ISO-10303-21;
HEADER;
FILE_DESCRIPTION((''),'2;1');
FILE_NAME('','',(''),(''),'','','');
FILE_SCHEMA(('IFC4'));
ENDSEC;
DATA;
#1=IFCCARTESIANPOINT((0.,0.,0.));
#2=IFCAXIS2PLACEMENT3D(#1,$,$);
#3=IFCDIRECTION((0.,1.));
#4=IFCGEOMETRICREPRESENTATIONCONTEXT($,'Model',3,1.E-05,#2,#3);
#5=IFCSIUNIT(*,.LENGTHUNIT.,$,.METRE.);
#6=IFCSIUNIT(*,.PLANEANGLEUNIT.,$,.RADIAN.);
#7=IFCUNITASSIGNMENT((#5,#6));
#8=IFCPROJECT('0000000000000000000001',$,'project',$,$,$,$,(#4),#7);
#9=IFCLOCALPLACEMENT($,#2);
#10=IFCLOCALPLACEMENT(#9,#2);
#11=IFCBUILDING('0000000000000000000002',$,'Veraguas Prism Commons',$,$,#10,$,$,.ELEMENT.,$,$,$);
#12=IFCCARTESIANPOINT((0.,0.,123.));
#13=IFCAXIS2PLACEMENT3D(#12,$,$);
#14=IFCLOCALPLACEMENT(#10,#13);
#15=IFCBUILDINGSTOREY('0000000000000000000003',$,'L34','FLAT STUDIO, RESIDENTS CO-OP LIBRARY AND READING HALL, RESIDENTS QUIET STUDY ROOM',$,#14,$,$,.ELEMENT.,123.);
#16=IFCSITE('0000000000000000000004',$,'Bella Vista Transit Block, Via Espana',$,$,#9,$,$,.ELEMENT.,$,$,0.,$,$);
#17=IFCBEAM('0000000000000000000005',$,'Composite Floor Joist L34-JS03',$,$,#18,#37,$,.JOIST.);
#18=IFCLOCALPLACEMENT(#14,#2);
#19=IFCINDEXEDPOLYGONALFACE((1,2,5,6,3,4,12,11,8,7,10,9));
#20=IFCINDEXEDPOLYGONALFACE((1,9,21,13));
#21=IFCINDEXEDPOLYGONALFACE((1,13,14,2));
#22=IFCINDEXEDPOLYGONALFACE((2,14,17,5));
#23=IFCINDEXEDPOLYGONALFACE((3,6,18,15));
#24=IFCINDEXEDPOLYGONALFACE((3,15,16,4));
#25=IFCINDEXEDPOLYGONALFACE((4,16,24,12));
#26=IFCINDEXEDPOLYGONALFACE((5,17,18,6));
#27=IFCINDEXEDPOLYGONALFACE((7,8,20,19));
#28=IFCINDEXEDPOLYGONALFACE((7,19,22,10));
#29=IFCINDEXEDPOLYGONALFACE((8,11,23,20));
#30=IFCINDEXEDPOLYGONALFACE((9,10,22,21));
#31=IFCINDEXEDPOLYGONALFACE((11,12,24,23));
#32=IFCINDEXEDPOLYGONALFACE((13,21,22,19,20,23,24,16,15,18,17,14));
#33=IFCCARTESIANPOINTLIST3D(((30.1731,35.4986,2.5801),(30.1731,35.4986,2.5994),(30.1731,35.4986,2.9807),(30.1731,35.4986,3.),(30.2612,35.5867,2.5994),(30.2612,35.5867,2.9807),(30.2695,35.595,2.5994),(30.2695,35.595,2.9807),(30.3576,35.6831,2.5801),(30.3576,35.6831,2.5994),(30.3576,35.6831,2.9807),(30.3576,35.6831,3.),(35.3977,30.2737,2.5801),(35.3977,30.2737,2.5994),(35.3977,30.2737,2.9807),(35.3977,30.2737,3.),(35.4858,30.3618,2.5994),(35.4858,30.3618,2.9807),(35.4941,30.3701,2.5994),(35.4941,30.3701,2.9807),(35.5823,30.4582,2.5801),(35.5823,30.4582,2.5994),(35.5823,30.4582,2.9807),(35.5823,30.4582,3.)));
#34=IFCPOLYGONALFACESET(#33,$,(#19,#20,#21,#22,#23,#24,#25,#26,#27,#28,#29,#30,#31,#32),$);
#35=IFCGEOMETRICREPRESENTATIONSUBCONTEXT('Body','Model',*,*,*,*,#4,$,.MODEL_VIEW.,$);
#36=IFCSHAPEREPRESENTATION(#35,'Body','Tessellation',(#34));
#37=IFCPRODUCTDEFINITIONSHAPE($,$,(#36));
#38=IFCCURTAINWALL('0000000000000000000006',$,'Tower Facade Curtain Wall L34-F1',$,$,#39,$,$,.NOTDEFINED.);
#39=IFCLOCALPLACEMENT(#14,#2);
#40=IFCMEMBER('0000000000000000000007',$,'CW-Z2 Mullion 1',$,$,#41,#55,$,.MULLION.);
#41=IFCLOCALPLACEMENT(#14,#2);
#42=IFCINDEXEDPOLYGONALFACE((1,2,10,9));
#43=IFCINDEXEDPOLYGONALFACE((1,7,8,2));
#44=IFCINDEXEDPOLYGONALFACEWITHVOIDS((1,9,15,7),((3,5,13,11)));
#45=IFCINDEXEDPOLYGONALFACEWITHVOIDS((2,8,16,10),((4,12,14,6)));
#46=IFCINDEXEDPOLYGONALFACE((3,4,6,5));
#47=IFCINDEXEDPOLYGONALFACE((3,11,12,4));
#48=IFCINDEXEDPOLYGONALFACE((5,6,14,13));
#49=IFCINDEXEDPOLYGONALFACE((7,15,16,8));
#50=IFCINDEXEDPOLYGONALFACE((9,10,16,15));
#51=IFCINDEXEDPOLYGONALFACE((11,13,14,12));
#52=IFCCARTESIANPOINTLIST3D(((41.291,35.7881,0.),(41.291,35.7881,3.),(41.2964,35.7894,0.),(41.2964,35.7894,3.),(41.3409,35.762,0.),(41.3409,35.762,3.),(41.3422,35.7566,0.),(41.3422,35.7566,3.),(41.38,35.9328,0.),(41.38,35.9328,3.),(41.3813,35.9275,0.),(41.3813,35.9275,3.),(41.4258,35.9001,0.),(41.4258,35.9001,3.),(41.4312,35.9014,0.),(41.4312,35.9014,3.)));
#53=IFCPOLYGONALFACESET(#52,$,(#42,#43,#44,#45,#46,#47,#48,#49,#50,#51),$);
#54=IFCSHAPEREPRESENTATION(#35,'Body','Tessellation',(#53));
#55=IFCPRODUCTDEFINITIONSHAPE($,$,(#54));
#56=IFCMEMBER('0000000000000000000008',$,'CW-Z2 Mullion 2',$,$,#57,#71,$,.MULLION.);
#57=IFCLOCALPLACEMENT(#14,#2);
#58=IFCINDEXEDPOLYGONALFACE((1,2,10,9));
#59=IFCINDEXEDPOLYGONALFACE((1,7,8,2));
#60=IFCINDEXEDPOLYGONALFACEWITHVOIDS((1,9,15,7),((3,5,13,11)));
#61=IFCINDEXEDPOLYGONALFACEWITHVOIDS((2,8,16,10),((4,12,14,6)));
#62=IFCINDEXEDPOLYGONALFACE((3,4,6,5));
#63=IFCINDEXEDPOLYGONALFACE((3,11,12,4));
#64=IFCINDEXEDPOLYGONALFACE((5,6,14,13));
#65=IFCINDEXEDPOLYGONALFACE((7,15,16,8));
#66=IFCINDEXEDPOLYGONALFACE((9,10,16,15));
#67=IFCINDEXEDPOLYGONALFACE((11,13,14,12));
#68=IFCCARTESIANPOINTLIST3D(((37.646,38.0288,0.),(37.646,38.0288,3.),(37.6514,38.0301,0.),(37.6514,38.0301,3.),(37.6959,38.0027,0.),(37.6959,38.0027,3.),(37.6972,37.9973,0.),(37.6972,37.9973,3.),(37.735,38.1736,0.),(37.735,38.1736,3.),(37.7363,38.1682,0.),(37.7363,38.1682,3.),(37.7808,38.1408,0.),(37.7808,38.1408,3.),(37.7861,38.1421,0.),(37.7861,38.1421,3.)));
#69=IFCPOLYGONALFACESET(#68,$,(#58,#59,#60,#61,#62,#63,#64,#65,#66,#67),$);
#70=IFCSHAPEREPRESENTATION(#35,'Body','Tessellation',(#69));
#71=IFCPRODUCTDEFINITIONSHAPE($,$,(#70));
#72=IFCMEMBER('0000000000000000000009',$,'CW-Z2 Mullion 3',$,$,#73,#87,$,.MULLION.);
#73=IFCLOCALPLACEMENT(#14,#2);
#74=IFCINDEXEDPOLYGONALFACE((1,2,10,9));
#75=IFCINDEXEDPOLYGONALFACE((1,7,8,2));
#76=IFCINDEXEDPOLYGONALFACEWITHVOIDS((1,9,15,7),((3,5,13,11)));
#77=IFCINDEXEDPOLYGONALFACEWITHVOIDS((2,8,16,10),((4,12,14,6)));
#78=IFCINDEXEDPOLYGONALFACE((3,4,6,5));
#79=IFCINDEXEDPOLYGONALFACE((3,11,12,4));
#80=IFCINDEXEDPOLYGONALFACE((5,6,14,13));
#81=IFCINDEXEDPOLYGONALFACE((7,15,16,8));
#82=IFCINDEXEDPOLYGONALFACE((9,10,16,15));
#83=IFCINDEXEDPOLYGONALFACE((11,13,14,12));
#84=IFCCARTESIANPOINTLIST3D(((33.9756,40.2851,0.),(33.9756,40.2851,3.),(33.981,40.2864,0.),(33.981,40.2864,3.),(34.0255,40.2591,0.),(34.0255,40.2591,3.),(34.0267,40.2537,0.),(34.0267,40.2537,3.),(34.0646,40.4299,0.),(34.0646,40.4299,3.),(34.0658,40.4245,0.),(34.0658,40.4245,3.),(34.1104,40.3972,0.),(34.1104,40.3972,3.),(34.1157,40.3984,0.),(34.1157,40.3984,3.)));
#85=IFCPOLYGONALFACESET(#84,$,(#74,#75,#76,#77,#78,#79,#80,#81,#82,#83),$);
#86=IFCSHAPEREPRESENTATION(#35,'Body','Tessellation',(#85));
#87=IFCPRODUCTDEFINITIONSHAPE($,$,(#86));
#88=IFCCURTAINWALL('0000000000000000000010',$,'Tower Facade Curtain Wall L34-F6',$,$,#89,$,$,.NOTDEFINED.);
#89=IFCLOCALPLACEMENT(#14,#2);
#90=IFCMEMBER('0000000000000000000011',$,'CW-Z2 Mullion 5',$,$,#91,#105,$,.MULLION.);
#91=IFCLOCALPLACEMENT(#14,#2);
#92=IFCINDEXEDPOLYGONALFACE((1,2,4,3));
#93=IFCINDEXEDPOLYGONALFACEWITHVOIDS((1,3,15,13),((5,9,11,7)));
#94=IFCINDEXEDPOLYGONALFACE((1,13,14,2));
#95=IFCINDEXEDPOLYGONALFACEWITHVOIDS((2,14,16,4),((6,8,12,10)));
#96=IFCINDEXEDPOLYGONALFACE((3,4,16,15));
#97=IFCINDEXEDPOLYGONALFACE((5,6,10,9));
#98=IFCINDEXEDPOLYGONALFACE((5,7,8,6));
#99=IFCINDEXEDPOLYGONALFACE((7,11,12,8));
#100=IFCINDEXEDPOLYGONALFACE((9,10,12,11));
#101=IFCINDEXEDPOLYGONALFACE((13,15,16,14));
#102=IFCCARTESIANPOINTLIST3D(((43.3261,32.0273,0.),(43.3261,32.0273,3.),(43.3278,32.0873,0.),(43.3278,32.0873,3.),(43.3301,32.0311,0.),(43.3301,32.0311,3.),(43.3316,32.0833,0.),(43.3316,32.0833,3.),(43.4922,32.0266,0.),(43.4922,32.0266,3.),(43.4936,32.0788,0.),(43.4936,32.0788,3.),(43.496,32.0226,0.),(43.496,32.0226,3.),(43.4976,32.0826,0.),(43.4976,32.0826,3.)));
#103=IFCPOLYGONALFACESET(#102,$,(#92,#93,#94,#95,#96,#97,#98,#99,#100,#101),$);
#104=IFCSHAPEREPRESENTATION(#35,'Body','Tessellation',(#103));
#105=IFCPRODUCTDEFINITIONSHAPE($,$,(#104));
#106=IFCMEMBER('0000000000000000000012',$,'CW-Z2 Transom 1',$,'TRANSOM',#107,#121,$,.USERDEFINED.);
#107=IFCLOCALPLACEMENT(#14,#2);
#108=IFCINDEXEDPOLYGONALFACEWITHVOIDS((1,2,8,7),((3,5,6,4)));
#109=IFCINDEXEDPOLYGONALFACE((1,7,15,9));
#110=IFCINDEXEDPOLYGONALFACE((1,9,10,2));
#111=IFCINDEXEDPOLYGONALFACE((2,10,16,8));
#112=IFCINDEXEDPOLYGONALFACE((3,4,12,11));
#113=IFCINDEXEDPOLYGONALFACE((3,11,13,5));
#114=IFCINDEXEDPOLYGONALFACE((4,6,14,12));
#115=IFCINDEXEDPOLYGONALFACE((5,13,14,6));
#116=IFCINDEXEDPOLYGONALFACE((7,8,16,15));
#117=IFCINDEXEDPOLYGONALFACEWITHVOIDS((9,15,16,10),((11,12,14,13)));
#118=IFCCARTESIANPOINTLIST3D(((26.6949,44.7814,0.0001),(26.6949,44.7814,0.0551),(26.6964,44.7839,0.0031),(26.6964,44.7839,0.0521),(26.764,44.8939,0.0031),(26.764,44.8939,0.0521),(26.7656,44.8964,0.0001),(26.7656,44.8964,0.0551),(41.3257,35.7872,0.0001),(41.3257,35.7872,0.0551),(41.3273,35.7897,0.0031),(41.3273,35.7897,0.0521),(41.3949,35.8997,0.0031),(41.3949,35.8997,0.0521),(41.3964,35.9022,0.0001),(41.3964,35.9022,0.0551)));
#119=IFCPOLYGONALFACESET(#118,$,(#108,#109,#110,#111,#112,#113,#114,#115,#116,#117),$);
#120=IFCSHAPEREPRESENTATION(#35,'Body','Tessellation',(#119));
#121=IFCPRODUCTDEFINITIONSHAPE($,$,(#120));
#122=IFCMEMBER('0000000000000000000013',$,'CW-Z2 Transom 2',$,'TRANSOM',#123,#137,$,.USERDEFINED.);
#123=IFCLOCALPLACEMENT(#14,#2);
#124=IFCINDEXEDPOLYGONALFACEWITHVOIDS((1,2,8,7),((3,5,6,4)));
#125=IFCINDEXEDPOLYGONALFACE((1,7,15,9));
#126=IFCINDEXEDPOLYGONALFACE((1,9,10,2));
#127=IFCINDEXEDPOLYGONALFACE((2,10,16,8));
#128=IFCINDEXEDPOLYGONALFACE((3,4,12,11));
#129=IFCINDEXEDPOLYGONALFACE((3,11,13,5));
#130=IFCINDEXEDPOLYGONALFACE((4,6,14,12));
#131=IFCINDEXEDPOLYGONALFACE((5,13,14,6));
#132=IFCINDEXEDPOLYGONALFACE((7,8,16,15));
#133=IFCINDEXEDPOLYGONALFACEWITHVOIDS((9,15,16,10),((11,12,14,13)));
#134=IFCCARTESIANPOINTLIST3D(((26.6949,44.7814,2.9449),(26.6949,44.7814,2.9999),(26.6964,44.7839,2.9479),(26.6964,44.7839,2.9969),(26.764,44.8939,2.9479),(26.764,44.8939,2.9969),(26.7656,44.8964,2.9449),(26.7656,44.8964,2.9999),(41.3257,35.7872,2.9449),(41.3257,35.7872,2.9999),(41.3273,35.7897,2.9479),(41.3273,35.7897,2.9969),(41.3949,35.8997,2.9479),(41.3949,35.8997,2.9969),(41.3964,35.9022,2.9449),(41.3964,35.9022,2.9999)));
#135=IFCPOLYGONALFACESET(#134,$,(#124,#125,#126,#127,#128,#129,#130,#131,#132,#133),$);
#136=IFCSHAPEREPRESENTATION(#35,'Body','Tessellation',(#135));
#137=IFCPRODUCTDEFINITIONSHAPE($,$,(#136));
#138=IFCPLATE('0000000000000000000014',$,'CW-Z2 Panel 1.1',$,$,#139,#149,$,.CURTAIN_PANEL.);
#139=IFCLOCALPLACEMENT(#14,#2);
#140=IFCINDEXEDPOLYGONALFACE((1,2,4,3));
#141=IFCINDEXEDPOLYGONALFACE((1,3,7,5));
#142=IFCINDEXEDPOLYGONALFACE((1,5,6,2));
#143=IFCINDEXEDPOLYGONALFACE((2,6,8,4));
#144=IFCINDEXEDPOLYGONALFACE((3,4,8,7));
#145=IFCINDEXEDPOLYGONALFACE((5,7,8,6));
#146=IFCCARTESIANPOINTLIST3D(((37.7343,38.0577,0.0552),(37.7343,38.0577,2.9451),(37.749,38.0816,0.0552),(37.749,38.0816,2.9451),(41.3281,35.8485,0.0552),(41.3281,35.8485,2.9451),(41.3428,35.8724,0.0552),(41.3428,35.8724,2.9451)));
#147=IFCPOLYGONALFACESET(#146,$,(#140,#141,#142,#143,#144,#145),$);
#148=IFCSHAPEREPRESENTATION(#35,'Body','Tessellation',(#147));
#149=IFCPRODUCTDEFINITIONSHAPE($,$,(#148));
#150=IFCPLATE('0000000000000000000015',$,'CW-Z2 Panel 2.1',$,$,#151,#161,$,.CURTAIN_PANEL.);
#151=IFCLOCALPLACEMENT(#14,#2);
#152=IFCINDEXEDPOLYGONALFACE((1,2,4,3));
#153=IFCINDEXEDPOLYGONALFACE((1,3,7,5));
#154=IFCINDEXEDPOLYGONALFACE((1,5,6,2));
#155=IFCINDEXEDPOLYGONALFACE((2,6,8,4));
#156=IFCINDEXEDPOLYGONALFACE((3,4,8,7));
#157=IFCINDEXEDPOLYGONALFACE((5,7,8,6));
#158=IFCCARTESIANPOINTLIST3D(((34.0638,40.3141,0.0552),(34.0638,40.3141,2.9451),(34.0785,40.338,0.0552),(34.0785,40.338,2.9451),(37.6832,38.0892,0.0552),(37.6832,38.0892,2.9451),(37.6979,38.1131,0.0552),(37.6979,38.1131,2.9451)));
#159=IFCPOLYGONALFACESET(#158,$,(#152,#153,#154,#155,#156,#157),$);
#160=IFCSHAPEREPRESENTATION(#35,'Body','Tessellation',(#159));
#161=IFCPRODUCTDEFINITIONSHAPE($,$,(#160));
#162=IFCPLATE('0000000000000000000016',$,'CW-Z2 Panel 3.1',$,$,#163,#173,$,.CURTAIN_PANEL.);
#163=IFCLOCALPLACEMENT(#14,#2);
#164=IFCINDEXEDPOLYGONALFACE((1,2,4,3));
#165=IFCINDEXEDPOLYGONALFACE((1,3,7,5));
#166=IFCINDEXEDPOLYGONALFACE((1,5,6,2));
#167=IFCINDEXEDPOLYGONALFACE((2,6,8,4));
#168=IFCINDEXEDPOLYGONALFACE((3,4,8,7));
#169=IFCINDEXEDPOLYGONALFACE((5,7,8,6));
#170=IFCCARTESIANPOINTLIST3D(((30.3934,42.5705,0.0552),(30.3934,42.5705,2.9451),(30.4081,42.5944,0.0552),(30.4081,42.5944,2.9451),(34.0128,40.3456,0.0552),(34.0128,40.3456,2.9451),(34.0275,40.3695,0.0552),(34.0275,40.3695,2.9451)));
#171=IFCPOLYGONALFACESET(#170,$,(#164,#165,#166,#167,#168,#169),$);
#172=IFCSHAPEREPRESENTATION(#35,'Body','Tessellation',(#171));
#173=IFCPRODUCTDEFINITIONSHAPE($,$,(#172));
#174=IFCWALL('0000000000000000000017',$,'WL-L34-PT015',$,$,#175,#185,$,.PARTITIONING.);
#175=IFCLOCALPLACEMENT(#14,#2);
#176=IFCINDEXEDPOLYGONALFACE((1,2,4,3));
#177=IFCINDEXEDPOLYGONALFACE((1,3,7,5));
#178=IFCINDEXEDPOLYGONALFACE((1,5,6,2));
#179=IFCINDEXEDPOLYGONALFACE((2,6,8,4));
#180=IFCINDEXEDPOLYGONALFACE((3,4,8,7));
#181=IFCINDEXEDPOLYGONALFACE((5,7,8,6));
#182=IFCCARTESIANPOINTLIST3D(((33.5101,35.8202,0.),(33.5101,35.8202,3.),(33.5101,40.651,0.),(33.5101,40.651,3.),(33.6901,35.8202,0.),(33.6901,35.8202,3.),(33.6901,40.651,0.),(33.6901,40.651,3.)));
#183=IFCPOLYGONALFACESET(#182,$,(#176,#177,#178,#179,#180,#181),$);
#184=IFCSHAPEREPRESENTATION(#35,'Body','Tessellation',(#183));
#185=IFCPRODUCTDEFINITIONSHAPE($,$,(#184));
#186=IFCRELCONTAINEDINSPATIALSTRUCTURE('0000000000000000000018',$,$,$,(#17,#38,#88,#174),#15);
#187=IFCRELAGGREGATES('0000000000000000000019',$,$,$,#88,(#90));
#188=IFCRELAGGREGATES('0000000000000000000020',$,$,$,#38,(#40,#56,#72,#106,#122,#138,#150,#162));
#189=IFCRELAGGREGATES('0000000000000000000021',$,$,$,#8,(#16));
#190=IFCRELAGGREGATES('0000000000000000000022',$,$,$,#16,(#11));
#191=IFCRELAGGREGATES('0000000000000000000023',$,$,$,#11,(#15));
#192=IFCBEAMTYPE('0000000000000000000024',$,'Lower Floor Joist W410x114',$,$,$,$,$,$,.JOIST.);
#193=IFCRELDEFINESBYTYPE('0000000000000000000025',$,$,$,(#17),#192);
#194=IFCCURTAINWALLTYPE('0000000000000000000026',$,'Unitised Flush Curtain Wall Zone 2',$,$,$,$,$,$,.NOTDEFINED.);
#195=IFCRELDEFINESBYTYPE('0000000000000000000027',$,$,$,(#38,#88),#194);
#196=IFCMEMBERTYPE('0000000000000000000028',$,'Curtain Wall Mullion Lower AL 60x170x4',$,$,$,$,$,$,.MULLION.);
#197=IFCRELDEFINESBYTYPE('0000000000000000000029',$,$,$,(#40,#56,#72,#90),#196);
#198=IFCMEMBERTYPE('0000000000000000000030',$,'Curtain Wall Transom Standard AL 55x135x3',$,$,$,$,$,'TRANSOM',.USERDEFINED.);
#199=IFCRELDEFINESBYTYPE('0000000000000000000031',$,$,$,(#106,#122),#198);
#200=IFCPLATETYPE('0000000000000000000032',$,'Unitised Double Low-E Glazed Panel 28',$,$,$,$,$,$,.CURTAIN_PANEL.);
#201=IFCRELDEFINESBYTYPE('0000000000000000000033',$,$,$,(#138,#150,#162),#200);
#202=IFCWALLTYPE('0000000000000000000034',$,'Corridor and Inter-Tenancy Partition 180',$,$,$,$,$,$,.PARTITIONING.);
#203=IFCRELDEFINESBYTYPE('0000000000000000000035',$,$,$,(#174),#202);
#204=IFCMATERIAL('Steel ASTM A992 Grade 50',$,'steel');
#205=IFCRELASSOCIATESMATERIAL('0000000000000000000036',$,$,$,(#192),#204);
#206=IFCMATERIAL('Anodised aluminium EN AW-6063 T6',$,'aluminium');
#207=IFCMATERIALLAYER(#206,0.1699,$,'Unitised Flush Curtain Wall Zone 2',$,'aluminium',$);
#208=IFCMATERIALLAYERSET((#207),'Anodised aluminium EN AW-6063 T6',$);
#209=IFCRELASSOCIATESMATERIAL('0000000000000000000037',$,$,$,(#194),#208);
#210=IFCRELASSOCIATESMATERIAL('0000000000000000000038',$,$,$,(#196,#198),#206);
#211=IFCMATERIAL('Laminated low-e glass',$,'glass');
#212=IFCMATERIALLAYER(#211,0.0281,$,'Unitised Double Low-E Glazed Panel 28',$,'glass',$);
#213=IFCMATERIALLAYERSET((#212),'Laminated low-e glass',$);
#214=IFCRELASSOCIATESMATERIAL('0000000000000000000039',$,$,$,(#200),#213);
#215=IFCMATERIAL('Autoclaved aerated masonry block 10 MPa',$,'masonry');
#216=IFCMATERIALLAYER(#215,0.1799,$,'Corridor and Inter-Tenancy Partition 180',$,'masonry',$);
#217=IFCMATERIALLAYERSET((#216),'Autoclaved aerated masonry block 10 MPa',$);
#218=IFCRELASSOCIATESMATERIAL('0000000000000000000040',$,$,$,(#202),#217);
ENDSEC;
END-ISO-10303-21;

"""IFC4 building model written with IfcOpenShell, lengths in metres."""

from ifc_helpers import new_model, si_unit, direction, frame, frame_2d, origin, origin_2d, place, context, subcontext, project, spatial, rectangle, hollow_rectangle, i_section, extrude, source, transform, mapped, material, layer, layer_set, material_profile, profile_set, type_object, element, aggregate, save


model = new_model("IFC4")

# Units and contexts
model_context = context("Model", 3, precision=1e-05, world=origin(), true_north=direction((0.0, 1.0)))
body_context = subcontext(model_context, "Body", "Model", "MODEL_VIEW")
ifc_project = project(units=[si_unit("LENGTHUNIT", "METRE"), si_unit("PLANEANGLEUNIT", "RADIAN")], contexts=[model_context])

# Site, building, storey
site_placement = place(None, origin())
site = spatial("IfcSite", under=ifc_project, at=site_placement, Name="Bella Vista Transit Block, Via Espana", CompositionType="ELEMENT", RefElevation=0.0)
building_placement = place(site_placement, origin())
building = spatial("IfcBuilding", under=site, at=building_placement, Name="Veraguas Prism Commons", CompositionType="ELEMENT")
storey_placement = place(building_placement, frame((0.0, 0.0, 123.0)))
storey = spatial("IfcBuildingStorey", under=building, at=storey_placement, Name="L34", Description="FLAT STUDIO, RESIDENTS CO-OP LIBRARY AND READING HALL, RESIDENTS QUIET STUDY ROOM", CompositionType="ELEMENT", Elevation=123.0)

# Beam
ifc_material_1 = material(Name="Steel ASTM A992 Grade 50", Category="steel")
ifc_material_profile_1 = material_profile(ifc_material_1, i_section(OverallWidth=0.261, OverallDepth=0.4199, WebThickness=0.0117, FlangeThickness=0.0193, at=origin_2d()), Name="W410X114")
ifc_profile_set_1 = profile_set([ifc_material_profile_1], Name="Steel ASTM A992 Grade 50")
beam_type = type_object("IfcBeamType", Name="Lower Floor Joist W410x114", PredefinedType="JOIST", material=ifc_profile_set_1)
beam_placement = place(storey_placement, frame((35.49, 30.366, 2.79), z_axis=(-0.70709, 0.707123, 0.0), x_axis=(-0.707123, -0.70709, 0.0)))
element("IfcBeam", 1, at=beam_placement, inside=storey, type_object=beam_type, Name="Composite Floor Joist L34-JS03", PredefinedType="JOIST", context=body_context, shape_type="SweptSolid", body=[
    extrude(i_section(OverallWidth=0.261, OverallDepth=0.4199, WebThickness=0.0117, FlangeThickness=0.0193, at=origin_2d()), origin(), (0.0, 0.0, 1.0), 7.3889),
])

# Curtain wall, members
ifc_material_2 = material(Name="Anodised aluminium EN AW-6063 T6", Category="aluminium")
ifc_layer_1 = layer(ifc_material_2, 0.1699, Name="Unitised Flush Curtain Wall Zone 2", Category="aluminium")
ifc_layer_set_1 = layer_set([ifc_layer_1], Name="Anodised aluminium EN AW-6063 T6")
curtain_wall_type = type_object("IfcCurtainWallType", Name="Unitised Flush Curtain Wall Zone 2", PredefinedType="NOTDEFINED", material=ifc_layer_set_1)
curtain_wall_1_placement = place(storey_placement, origin())
curtain_wall_1 = element("IfcCurtainWall", 2, at=curtain_wall_1_placement, inside=storey, type_object=curtain_wall_type, Name="Tower Facade Curtain Wall L34-F1", PredefinedType="NOTDEFINED")
ifc_material_profile_2 = material_profile(ifc_material_2, hollow_rectangle(XDim=0.0601, YDim=0.1699, WallThickness=0.0039, at=origin_2d()), Name="AL60X170X4")
ifc_profile_set_2 = profile_set([ifc_material_profile_2], Name="Anodised aluminium EN AW-6063 T6")
member_type_1 = type_object("IfcMemberType", Name="Curtain Wall Mullion Lower AL 60x170x4", PredefinedType="MULLION", material=ifc_profile_set_2)
shared_shape_1 = source(origin(), body_context, "Body", "SweptSolid", [
    extrude(hollow_rectangle(XDim=0.0601, YDim=0.1699, WallThickness=0.0039, at=origin_2d()), origin(), (0.0, 0.0, 1.0), 3.0),
])
member_1_placement = place(storey_placement, frame((41.3611, 35.8447, 0.0), z_axis=(0.0, 0.0, 1.0), x_axis=(-0.851908, 0.523692, 0.0)))
member_1 = element("IfcMember", 3, at=member_1_placement, type_object=member_type_1, Name="CW-Z2 Mullion 1", PredefinedType="MULLION", context=body_context, shape_type="MappedRepresentation", body=[
    mapped(shared_shape_1, transform((0.0, 0.0, 0.0), scale=1.0)),
])
member_2_placement = place(storey_placement, frame((37.7161, 38.0854, 0.0), z_axis=(0.0, 0.0, 1.0), x_axis=(-0.851908, 0.523692, 0.0)))
member_2 = element("IfcMember", 4, at=member_2_placement, type_object=member_type_1, Name="CW-Z2 Mullion 2", PredefinedType="MULLION", context=body_context, shape_type="MappedRepresentation", body=[
    mapped(shared_shape_1, transform((0.0, 0.0, 0.0), scale=1.0)),
])
member_3_placement = place(storey_placement, frame((34.0457, 40.3418, 0.0), z_axis=(0.0, 0.0, 1.0), x_axis=(-0.851908, 0.523692, 0.0)))
member_3 = element("IfcMember", 5, at=member_3_placement, type_object=member_type_1, Name="CW-Z2 Mullion 3", PredefinedType="MULLION", context=body_context, shape_type="MappedRepresentation", body=[
    mapped(shared_shape_1, transform((0.0, 0.0, 0.0), scale=1.0)),
])

# Curtain wall, member
curtain_wall_2_placement = place(storey_placement, origin())
curtain_wall_2 = element("IfcCurtainWall", 6, at=curtain_wall_2_placement, inside=storey, type_object=curtain_wall_type, Name="Tower Facade Curtain Wall L34-F6", PredefinedType="NOTDEFINED")
member_4_placement = place(storey_placement, frame((43.4119, 32.0549, 0.0), z_axis=(0.0, 0.0, 1.0), x_axis=(0.027567, 0.99962, 0.0)))
member_4 = element("IfcMember", 7, at=member_4_placement, type_object=member_type_1, Name="CW-Z2 Mullion 5", PredefinedType="MULLION", context=body_context, shape_type="MappedRepresentation", body=[
    mapped(shared_shape_1, transform((0.0, 0.0, 0.0), scale=1.0)),
])
aggregate(curtain_wall_2, [member_4])

# Members
ifc_material_profile_3 = material_profile(ifc_material_2, hollow_rectangle(XDim=0.0549, YDim=0.135, WallThickness=0.0029, at=origin_2d()), Name="AL55X135X3")
ifc_profile_set_3 = profile_set([ifc_material_profile_3], Name="Anodised aluminium EN AW-6063 T6")
member_type_2 = type_object("IfcMemberType", Name="Curtain Wall Transom Standard AL 55x135x3", ElementType="TRANSOM", PredefinedType="USERDEFINED", material=ifc_profile_set_3)
shared_shape_2 = source(origin(), body_context, "Body", "SweptSolid", [
    extrude(hollow_rectangle(XDim=0.0549, YDim=0.135, WallThickness=0.0029, at=origin_2d()), origin(), (0.0, 0.0, 1.0), 17.1743),
])
member_5_placement = place(storey_placement, frame((41.3611, 35.8447, 0.0276), z_axis=(-0.851904, 0.523698, 0.0), x_axis=(0.0, 0.0, 1.0)))
member_5 = element("IfcMember", 8, at=member_5_placement, type_object=member_type_2, Name="CW-Z2 Transom 1", ObjectType="TRANSOM", PredefinedType="USERDEFINED", context=body_context, shape_type="MappedRepresentation", body=[
    mapped(shared_shape_2, transform((0.0, 0.0, 0.0), scale=1.0)),
])
member_6_placement = place(storey_placement, frame((41.3611, 35.8447, 2.9724), z_axis=(-0.851904, 0.523698, 0.0), x_axis=(0.0, 0.0, 1.0)))
member_6 = element("IfcMember", 9, at=member_6_placement, type_object=member_type_2, Name="CW-Z2 Transom 2", ObjectType="TRANSOM", PredefinedType="USERDEFINED", context=body_context, shape_type="MappedRepresentation", body=[
    mapped(shared_shape_2, transform((0.0, 0.0, 0.0), scale=1.0)),
])

# Plates
ifc_material_3 = material(Name="Laminated low-e glass", Category="glass")
ifc_layer_2 = layer(ifc_material_3, 0.0281, Name="Unitised Double Low-E Glazed Panel 28", Category="glass")
ifc_layer_set_2 = layer_set([ifc_layer_2], Name="Laminated low-e glass")
plate_type = type_object("IfcPlateType", Name="Unitised Double Low-E Glazed Panel 28", PredefinedType="CURTAIN_PANEL", material=ifc_layer_set_2)
shared_shape_3 = source(origin(), body_context, "Body", "SweptSolid", [
    extrude(rectangle(XDim=4.2185, YDim=0.0281, at=origin_2d()), origin(), (0.0, 0.0, 1.0), 2.8899),
])
plate_1_placement = place(storey_placement, frame((39.5386, 36.9651, 0.0552), z_axis=(0.0, 0.0, 1.0), x_axis=(-0.851908, 0.523692, 0.0)))
plate_1 = element("IfcPlate", 10, at=plate_1_placement, type_object=plate_type, Name="CW-Z2 Panel 1.1", PredefinedType="CURTAIN_PANEL", context=body_context, shape_type="MappedRepresentation", body=[
    mapped(shared_shape_3, transform((0.0, 0.0, 0.0), scale=1.0)),
])
shared_shape_4 = source(origin(), body_context, "Body", "SweptSolid", [
    extrude(rectangle(XDim=4.2485, YDim=0.0281, at=origin_2d()), origin(), (0.0, 0.0, 1.0), 2.8899),
])
plate_2_placement = place(storey_placement, frame((35.8809, 39.2136, 0.0552), z_axis=(0.0, 0.0, 1.0), x_axis=(-0.851908, 0.523692, 0.0)))
plate_2 = element("IfcPlate", 11, at=plate_2_placement, type_object=plate_type, Name="CW-Z2 Panel 2.1", PredefinedType="CURTAIN_PANEL", context=body_context, shape_type="MappedRepresentation", body=[
    mapped(shared_shape_4, transform((0.0, 0.0, 0.0), scale=1.0)),
])
plate_3_placement = place(storey_placement, frame((32.2104, 41.47, 0.0552), z_axis=(0.0, 0.0, 1.0), x_axis=(-0.851908, 0.523692, 0.0)))
plate_3 = element("IfcPlate", 12, at=plate_3_placement, type_object=plate_type, Name="CW-Z2 Panel 3.1", PredefinedType="CURTAIN_PANEL", context=body_context, shape_type="MappedRepresentation", body=[
    mapped(shared_shape_4, transform((0.0, 0.0, 0.0), scale=1.0)),
])
aggregate(curtain_wall_1, [member_1, member_2, member_3, member_5, member_6, plate_1, plate_2, plate_3])

# Wall
ifc_material_4 = material(Name="Autoclaved aerated masonry block 10 MPa", Category="masonry")
ifc_layer_3 = layer(ifc_material_4, 0.1799, Name="Corridor and Inter-Tenancy Partition 180", Category="masonry")
ifc_layer_set_3 = layer_set([ifc_layer_3], Name="Autoclaved aerated masonry block 10 MPa")
wall_type_1 = type_object("IfcWallType", Name="Corridor and Inter-Tenancy Partition 180", PredefinedType="PARTITIONING", material=ifc_layer_set_3)
wall_1_placement = place(storey_placement, frame((33.6001, 35.8201, 0.0), z_axis=(0.0, 0.0, 1.0), x_axis=(0.0, 1.0, 0.0)))
element("IfcWall", 13, at=wall_1_placement, inside=storey, type_object=wall_type_1, Name="WL-L34-PT015", PredefinedType="PARTITIONING", context=body_context, shape_type="SweptSolid", body=[
    extrude(rectangle(XDim=4.8308, YDim=0.1799, at=frame_2d((2.4155, 0.0))), origin(), (0.0, 0.0, 1.0), 3.0),
])

save(model, "model.ifc")
